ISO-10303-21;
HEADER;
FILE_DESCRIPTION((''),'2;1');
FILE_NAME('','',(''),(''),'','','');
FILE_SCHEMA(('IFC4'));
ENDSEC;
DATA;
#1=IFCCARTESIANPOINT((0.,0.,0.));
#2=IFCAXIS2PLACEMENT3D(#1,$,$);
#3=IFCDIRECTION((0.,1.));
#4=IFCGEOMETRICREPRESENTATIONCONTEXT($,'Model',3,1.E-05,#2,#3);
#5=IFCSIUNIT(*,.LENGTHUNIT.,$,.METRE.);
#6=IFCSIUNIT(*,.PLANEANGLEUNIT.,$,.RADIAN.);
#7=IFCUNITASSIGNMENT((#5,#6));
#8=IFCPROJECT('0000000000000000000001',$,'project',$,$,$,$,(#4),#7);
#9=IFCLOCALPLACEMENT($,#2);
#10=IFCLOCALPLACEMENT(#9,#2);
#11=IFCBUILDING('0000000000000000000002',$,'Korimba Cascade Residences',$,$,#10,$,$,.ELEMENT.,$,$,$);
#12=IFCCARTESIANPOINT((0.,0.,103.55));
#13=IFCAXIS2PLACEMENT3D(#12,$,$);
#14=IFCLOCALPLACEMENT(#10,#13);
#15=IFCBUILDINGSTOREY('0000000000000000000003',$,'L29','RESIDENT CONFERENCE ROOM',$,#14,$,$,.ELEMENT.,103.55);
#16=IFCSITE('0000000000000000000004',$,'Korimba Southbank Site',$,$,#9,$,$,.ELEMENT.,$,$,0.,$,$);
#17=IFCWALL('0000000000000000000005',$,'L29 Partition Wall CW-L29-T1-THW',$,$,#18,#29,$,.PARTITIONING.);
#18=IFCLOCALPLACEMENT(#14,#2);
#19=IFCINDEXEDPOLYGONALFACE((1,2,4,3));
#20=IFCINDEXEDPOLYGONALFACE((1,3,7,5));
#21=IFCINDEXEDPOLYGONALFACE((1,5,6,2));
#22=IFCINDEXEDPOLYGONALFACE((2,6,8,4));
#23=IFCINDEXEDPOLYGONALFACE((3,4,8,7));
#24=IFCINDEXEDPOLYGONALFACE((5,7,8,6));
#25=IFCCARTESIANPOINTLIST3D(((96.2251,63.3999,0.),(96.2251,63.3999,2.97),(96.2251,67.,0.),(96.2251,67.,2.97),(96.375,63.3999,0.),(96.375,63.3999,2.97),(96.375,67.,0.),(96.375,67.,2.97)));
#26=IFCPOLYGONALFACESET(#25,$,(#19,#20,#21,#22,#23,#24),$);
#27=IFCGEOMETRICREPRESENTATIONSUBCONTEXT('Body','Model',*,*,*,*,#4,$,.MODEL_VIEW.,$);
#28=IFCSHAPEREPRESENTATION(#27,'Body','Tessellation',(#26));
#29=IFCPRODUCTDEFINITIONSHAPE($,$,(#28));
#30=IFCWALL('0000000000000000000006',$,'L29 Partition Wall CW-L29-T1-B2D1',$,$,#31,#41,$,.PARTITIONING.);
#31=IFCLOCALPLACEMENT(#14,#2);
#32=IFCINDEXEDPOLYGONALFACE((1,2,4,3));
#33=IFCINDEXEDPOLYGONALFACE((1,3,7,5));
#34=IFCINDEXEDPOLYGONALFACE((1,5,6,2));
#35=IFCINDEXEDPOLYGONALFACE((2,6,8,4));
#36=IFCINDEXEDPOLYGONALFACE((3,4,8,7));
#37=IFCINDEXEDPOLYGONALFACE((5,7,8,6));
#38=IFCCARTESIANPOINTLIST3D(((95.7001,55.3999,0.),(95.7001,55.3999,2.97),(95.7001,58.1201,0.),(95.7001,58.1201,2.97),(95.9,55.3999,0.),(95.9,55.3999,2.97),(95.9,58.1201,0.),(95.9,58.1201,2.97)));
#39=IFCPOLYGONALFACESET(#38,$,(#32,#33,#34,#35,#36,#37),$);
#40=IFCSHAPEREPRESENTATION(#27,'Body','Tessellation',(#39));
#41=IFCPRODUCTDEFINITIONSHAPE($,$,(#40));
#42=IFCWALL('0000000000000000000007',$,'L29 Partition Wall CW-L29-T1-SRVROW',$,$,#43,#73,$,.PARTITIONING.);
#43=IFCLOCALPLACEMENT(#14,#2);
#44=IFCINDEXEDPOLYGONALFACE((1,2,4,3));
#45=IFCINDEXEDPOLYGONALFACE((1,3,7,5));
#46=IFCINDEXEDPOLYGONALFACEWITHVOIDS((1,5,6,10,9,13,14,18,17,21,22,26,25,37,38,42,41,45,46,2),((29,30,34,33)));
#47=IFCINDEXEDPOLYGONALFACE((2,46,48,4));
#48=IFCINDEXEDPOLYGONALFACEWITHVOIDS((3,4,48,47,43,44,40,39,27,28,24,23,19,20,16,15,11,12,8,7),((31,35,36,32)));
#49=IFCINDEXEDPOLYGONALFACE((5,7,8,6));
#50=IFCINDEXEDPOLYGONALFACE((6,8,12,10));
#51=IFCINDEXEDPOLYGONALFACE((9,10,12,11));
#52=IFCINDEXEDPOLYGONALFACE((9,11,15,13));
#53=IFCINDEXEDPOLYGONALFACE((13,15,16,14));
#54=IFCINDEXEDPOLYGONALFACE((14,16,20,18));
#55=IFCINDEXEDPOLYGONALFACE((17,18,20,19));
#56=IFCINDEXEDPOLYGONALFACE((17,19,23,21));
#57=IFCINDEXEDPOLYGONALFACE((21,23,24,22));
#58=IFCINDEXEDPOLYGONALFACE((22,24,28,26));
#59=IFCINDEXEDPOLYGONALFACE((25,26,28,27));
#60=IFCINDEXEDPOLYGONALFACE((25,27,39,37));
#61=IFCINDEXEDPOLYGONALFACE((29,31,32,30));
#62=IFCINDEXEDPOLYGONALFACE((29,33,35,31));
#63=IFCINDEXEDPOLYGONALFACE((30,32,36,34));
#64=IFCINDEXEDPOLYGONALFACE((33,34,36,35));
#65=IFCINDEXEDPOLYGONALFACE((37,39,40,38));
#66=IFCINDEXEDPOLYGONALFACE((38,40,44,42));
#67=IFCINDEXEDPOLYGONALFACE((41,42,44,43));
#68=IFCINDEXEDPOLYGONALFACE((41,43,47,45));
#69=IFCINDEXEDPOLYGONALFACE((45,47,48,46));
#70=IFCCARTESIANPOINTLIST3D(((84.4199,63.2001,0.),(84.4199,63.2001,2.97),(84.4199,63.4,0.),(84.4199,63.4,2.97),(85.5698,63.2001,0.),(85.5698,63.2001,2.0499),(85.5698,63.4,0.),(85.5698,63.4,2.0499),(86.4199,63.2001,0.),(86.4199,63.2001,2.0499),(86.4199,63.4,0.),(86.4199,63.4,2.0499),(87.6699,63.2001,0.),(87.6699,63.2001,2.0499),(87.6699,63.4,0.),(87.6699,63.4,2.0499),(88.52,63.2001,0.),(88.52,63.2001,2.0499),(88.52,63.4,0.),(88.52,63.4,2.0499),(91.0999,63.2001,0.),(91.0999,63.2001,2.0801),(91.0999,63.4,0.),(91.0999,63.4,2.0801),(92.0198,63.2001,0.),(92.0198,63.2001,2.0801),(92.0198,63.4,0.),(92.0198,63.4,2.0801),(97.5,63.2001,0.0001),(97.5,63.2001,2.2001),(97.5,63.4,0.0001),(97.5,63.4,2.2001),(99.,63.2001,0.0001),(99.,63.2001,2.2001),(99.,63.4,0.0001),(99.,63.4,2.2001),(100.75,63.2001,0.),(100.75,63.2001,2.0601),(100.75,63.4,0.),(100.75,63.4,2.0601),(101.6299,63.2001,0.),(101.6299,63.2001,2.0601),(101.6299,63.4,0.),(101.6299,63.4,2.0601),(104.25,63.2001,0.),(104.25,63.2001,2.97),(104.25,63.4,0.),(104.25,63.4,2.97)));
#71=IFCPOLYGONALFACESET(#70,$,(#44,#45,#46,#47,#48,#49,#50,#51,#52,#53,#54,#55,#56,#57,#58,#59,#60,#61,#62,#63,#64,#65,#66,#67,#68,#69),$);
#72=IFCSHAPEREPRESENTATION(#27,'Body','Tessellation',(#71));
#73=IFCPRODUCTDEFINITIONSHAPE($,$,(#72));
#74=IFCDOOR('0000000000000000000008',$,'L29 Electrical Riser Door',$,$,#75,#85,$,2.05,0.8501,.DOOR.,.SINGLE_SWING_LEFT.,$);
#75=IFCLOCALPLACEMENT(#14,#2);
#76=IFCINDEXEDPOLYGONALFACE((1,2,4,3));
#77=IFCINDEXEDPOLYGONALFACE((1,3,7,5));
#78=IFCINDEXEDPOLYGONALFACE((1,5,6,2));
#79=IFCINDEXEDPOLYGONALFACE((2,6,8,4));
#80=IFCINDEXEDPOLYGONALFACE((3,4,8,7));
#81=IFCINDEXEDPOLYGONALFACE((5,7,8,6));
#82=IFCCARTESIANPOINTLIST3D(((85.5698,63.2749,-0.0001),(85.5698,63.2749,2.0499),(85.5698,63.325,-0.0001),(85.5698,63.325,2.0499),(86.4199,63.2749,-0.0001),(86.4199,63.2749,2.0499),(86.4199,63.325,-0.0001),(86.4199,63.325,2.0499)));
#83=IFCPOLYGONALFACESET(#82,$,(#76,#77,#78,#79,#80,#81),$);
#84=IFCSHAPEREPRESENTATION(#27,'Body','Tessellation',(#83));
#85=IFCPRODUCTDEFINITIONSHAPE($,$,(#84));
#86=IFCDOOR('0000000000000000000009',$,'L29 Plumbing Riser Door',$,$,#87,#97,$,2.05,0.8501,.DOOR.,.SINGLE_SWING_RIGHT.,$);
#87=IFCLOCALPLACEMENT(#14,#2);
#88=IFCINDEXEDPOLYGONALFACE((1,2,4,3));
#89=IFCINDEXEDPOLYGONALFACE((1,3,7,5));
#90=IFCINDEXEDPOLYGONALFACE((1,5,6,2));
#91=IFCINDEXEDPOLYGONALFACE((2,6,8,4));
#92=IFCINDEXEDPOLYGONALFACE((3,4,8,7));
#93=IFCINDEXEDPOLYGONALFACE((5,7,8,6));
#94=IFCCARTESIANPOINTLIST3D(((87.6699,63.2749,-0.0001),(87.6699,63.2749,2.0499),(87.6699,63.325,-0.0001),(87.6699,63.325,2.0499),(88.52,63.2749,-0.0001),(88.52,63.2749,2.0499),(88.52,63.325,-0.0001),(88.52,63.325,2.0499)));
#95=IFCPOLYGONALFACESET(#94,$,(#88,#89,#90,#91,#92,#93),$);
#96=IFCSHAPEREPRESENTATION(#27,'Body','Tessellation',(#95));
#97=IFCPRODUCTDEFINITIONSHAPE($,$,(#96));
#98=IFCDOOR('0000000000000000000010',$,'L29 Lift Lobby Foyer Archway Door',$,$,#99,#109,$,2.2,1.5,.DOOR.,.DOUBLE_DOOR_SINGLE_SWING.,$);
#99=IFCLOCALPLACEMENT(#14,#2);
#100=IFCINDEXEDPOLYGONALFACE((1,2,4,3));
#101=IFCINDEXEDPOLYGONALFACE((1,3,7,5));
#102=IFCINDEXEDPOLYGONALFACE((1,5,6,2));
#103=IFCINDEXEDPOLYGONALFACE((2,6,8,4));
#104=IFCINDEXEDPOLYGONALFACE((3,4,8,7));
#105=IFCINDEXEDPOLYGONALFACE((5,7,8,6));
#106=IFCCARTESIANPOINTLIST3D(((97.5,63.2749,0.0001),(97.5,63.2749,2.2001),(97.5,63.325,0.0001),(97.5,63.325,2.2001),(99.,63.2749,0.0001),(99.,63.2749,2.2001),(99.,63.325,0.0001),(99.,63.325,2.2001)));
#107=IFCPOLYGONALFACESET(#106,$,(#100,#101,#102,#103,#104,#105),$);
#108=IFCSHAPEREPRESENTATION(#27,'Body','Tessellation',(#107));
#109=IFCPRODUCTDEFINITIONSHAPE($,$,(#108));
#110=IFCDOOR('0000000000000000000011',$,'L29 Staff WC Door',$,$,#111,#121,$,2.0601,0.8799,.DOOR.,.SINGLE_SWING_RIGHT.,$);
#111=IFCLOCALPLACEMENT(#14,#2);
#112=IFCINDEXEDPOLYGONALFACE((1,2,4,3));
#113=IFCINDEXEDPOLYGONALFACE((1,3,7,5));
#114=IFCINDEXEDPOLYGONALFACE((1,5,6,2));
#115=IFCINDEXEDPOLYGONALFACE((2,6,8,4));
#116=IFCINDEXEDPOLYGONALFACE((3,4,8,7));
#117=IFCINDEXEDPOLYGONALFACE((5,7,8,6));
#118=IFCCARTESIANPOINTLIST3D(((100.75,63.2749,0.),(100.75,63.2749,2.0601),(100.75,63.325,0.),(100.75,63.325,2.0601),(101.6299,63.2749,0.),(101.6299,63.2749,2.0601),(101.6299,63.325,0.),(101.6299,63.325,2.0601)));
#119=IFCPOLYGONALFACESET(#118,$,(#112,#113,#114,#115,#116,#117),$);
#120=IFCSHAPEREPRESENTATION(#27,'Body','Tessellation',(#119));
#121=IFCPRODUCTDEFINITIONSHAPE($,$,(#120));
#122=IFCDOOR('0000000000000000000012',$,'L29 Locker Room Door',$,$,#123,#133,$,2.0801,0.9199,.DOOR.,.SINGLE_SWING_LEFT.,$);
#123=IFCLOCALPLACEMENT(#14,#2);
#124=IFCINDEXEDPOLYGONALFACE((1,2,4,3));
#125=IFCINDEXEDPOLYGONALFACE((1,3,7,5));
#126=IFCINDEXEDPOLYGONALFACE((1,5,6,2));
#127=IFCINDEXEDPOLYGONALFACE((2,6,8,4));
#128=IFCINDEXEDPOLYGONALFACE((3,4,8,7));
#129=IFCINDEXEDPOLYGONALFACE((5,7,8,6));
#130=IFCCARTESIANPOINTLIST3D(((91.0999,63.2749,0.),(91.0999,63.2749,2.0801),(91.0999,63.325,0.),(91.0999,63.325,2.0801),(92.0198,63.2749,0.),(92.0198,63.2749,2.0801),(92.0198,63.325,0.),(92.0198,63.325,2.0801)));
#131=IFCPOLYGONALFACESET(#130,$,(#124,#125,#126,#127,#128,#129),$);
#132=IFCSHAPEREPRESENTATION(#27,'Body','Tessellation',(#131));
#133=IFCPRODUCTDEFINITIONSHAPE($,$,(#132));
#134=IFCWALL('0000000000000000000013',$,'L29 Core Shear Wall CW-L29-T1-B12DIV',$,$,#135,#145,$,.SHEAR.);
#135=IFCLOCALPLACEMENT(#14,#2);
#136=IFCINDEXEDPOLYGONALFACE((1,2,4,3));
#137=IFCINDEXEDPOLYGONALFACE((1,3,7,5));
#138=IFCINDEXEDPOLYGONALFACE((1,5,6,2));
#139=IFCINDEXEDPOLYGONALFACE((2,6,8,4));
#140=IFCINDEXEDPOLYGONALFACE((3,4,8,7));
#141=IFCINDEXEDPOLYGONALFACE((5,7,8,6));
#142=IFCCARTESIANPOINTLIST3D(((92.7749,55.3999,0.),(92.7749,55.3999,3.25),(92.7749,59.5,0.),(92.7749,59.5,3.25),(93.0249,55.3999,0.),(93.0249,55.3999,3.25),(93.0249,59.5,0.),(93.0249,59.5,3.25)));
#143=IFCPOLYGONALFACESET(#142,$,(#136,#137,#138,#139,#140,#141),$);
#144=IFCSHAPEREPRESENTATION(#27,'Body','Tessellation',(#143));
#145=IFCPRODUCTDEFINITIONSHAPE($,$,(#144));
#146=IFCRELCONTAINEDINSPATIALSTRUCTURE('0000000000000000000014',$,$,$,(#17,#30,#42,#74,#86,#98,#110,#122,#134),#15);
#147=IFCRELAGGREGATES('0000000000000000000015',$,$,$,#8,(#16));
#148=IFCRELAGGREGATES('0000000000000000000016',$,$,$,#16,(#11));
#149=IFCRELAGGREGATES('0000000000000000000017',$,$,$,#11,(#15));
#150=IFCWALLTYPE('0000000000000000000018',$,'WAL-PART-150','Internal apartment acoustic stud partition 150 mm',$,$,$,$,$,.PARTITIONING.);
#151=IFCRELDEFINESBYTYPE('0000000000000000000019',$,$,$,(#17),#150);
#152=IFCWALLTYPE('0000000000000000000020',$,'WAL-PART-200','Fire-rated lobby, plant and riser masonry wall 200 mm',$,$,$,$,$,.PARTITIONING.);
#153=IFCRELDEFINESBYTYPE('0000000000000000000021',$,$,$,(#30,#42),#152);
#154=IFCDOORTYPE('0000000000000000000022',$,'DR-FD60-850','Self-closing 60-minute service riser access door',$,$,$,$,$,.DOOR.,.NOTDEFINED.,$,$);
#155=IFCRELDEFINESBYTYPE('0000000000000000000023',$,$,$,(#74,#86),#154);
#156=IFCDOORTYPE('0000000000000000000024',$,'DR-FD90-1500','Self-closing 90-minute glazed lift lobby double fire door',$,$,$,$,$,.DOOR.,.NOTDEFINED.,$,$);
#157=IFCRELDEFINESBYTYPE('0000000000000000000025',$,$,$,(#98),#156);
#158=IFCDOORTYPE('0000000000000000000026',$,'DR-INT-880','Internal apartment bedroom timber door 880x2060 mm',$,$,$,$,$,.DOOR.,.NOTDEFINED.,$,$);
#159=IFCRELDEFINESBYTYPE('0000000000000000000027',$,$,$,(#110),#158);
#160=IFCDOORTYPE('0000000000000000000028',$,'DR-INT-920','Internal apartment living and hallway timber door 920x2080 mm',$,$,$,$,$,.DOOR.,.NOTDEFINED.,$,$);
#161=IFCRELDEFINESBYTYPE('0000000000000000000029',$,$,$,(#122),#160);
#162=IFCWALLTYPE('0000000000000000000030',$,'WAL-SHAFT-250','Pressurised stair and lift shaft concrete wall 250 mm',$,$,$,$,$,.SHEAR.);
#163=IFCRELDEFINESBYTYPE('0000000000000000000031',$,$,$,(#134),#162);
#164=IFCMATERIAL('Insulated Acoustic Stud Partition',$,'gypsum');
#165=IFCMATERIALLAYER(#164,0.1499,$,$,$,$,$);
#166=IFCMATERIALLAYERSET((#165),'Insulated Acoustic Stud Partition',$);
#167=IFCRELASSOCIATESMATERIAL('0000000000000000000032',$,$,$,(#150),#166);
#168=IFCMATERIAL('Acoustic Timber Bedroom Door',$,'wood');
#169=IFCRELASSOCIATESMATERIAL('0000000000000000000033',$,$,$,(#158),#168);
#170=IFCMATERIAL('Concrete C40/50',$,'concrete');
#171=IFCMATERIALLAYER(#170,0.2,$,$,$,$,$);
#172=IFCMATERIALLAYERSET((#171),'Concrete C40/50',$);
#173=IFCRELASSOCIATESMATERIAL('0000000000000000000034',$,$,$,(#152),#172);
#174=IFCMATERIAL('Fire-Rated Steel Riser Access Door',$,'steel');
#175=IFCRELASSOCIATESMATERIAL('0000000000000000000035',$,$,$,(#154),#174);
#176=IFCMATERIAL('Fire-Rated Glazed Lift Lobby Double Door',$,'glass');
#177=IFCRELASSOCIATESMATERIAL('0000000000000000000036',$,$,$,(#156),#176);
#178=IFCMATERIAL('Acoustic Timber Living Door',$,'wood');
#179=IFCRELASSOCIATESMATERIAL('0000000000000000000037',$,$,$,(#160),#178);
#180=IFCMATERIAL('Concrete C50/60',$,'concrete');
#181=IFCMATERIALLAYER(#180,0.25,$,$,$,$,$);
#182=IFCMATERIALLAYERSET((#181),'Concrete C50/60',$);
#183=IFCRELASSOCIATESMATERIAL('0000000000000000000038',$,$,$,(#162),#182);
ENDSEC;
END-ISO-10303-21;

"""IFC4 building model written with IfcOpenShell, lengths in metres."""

from ifc_helpers import new_model, si_unit, direction, frame, frame_2d, origin, place, context, subcontext, project, spatial, rectangle, extrude, material, layer, layer_set, type_object, element, fill, save


model = new_model("IFC4")

# Units and contexts
model_context = context("Model", 3, precision=1e-05, world=origin(), true_north=direction((0.0, 1.0)))
body_context = subcontext(model_context, "Body", "Model", "MODEL_VIEW")
ifc_project = project(units=[si_unit("LENGTHUNIT", "METRE"), si_unit("PLANEANGLEUNIT", "RADIAN")], contexts=[model_context])

# Site, building, storey
site_placement = place(None, origin())
site = spatial("IfcSite", under=ifc_project, at=site_placement, Name="Korimba Southbank Site", CompositionType="ELEMENT", RefElevation=0.0)
building_placement = place(site_placement, origin())
building = spatial("IfcBuilding", under=site, at=building_placement, Name="Korimba Cascade Residences", CompositionType="ELEMENT")
storey_placement = place(building_placement, frame((0.0, 0.0, 103.55)))
storey = spatial("IfcBuildingStorey", under=building, at=storey_placement, Name="L29", Description="RESIDENT CONFERENCE ROOM", CompositionType="ELEMENT", Elevation=103.55)

# Shared definitions
ifc_material_1 = material(Name="Insulated Acoustic Stud Partition", Category="gypsum")
ifc_layer_1 = layer(ifc_material_1, 0.1499)
ifc_layer_set_1 = layer_set([ifc_layer_1], Name="Insulated Acoustic Stud Partition")
wall_type_1 = type_object("IfcWallType", Name="WAL-PART-150", Description="Internal apartment acoustic stud partition 150 mm", PredefinedType="PARTITIONING", material=ifc_layer_set_1)

# Shared definitions
ifc_material_2 = material(Name="Acoustic Timber Bedroom Door", Category="wood")
door_type_1 = type_object("IfcDoorType", Name="DR-INT-880", Description="Internal apartment bedroom timber door 880x2060 mm", OperationType="NOTDEFINED", PredefinedType="DOOR", material=ifc_material_2)

# Walls
wall_1_placement = place(storey_placement, frame((96.3, 63.3999, 0.0), z_axis=(0.0, 0.0, 1.0), x_axis=(0.0, 1.0, 0.0)))
element("IfcWall", 1, at=wall_1_placement, inside=storey, type_object=wall_type_1, Name="L29 Partition Wall CW-L29-T1-THW", PredefinedType="PARTITIONING", context=body_context, shape_type="SweptSolid", body=[
    extrude(rectangle(XDim=3.6001, YDim=0.1499, at=frame_2d((1.8, 0.0))), origin(), (0.0, 0.0, 1.0), 2.97),
])
ifc_material_3 = material(Name="Concrete C40/50", Category="concrete")
ifc_layer_2 = layer(ifc_material_3, 0.2)
ifc_layer_set_2 = layer_set([ifc_layer_2], Name="Concrete C40/50")
wall_type_2 = type_object("IfcWallType", Name="WAL-PART-200", Description="Fire-rated lobby, plant and riser masonry wall 200 mm", PredefinedType="PARTITIONING", material=ifc_layer_set_2)
wall_2_placement = place(storey_placement, frame((95.8, 55.3999, 0.0), z_axis=(0.0, 0.0, 1.0), x_axis=(0.0, 1.0, 0.0)))
element("IfcWall", 2, at=wall_2_placement, inside=storey, type_object=wall_type_2, Name="L29 Partition Wall CW-L29-T1-B2D1", PredefinedType="PARTITIONING", context=body_context, shape_type="SweptSolid", body=[
    extrude(rectangle(XDim=2.7202, YDim=0.2, at=frame_2d((1.3601, 0.0))), origin(), (0.0, 0.0, 1.0), 2.97),
])

# Wall, openings, doors
wall_3_placement = place(storey_placement, frame((84.4199, 63.3, 0.0), z_axis=(0.0, 0.0, 1.0), x_axis=(1.0, 0.0, 0.0)))
wall_3 = element("IfcWall", 3, at=wall_3_placement, inside=storey, type_object=wall_type_2, Name="L29 Partition Wall CW-L29-T1-SRVROW", PredefinedType="PARTITIONING", context=body_context, shape_type="SweptSolid", body=[
    extrude(rectangle(XDim=19.8301, YDim=0.2, at=frame_2d((9.915, 0.0))), origin(), (0.0, 0.0, 1.0), 2.97),
])
opening_1_placement = place(wall_3_placement, frame((1.1499, 0.0, 0.0)))
opening_1 = element("IfcOpeningElement", 4, at=opening_1_placement, cuts=wall_3, PredefinedType="OPENING", context=body_context, shape_type="SweptSolid", body=[
    extrude(rectangle(XDim=0.8501, YDim=2.05, at=frame_2d((0.425, 1.0249))), frame((0.0, 0.1099, 0.0), z_axis=(0.0, -1.0, 0.0), x_axis=(1.0, 0.0, 0.0)), (0.0, 0.0, 1.0), 0.22),
])
opening_2_placement = place(wall_3_placement, frame((3.25, 0.0, 0.0)))
opening_2 = element("IfcOpeningElement", 5, at=opening_2_placement, cuts=wall_3, PredefinedType="OPENING", context=body_context, shape_type="SweptSolid", body=[
    extrude(rectangle(XDim=0.8501, YDim=2.05, at=frame_2d((0.425, 1.0249))), frame((0.0, 0.1099, 0.0), z_axis=(0.0, -1.0, 0.0), x_axis=(1.0, 0.0, 0.0)), (0.0, 0.0, 1.0), 0.22),
])
opening_3_placement = place(wall_3_placement, frame((13.0801, 0.0, 0.0)))
opening_3 = element("IfcOpeningElement", 6, at=opening_3_placement, cuts=wall_3, PredefinedType="OPENING", context=body_context, shape_type="SweptSolid", body=[
    extrude(rectangle(XDim=1.5, YDim=2.2, at=frame_2d((0.75, 1.1001))), frame((0.0, 0.1099, 0.0), z_axis=(0.0, -1.0, 0.0), x_axis=(1.0, 0.0, 0.0)), (0.0, 0.0, 1.0), 0.22),
])
opening_4_placement = place(wall_3_placement, frame((6.6799, 0.0, 0.0)))
opening_4 = element("IfcOpeningElement", 7, at=opening_4_placement, cuts=wall_3, PredefinedType="OPENING", context=body_context, shape_type="SweptSolid", body=[
    extrude(rectangle(XDim=0.9199, YDim=2.0801, at=frame_2d((0.46, 1.04))), frame((0.0, 0.1099, 0.0), z_axis=(0.0, -1.0, 0.0), x_axis=(1.0, 0.0, 0.0)), (0.0, 0.0, 1.0), 0.22),
])
opening_5_placement = place(wall_3_placement, frame((16.3301, 0.0, 0.0)))
opening_5 = element("IfcOpeningElement", 8, at=opening_5_placement, cuts=wall_3, PredefinedType="OPENING", context=body_context, shape_type="SweptSolid", body=[
    extrude(rectangle(XDim=0.8799, YDim=2.0601, at=frame_2d((0.4399, 1.03))), frame((0.0, 0.1099, 0.0), z_axis=(0.0, -1.0, 0.0), x_axis=(1.0, 0.0, 0.0)), (0.0, 0.0, 1.0), 0.22),
])
ifc_material_4 = material(Name="Fire-Rated Steel Riser Access Door", Category="steel")
door_type_2 = type_object("IfcDoorType", Name="DR-FD60-850", Description="Self-closing 60-minute service riser access door", OperationType="NOTDEFINED", PredefinedType="DOOR", material=ifc_material_4)
door_1_placement = place(opening_1_placement, origin())
door_1 = element("IfcDoor", 9, at=door_1_placement, inside=storey, type_object=door_type_2, Name="L29 Electrical Riser Door", OperationType="SINGLE_SWING_LEFT", OverallHeight=2.05, OverallWidth=0.8501, PredefinedType="DOOR", context=body_context, shape_type="SweptSolid", body=[
    extrude(rectangle(XDim=0.8501, YDim=2.05, at=frame_2d((0.425, 1.0249))), frame((0.0, 0.0249, 0.0), z_axis=(0.0, -1.0, 0.0), x_axis=(1.0, 0.0, 0.0)), (0.0, 0.0, 1.0), 0.05),
])
fill(opening_1, door_1)
door_2_placement = place(opening_2_placement, origin())
door_2 = element("IfcDoor", 10, at=door_2_placement, inside=storey, type_object=door_type_2, Name="L29 Plumbing Riser Door", OperationType="SINGLE_SWING_RIGHT", OverallHeight=2.05, OverallWidth=0.8501, PredefinedType="DOOR", context=body_context, shape_type="SweptSolid", body=[
    extrude(rectangle(XDim=0.8501, YDim=2.05, at=frame_2d((0.425, 1.0249))), frame((0.0, 0.0249, 0.0), z_axis=(0.0, -1.0, 0.0), x_axis=(1.0, 0.0, 0.0)), (0.0, 0.0, 1.0), 0.05),
])
fill(opening_2, door_2)
ifc_material_5 = material(Name="Fire-Rated Glazed Lift Lobby Double Door", Category="glass")
door_type_3 = type_object("IfcDoorType", Name="DR-FD90-1500", Description="Self-closing 90-minute glazed lift lobby double fire door", OperationType="NOTDEFINED", PredefinedType="DOOR", material=ifc_material_5)
door_3_placement = place(opening_3_placement, origin())
door_3 = element("IfcDoor", 11, at=door_3_placement, inside=storey, type_object=door_type_3, Name="L29 Lift Lobby Foyer Archway Door", OperationType="DOUBLE_DOOR_SINGLE_SWING", OverallHeight=2.2, OverallWidth=1.5, PredefinedType="DOOR", context=body_context, shape_type="SweptSolid", body=[
    extrude(rectangle(XDim=1.5, YDim=2.2, at=frame_2d((0.75, 1.1001))), frame((0.0, 0.0249, 0.0), z_axis=(0.0, -1.0, 0.0), x_axis=(1.0, 0.0, 0.0)), (0.0, 0.0, 1.0), 0.05),
])
fill(opening_3, door_3)
door_4_placement = place(opening_5_placement, origin())
door_4 = element("IfcDoor", 12, at=door_4_placement, inside=storey, type_object=door_type_1, Name="L29 Staff WC Door", OperationType="SINGLE_SWING_RIGHT", OverallHeight=2.0601, OverallWidth=0.8799, PredefinedType="DOOR", context=body_context, shape_type="SweptSolid", body=[
    extrude(rectangle(XDim=0.8799, YDim=2.0601, at=frame_2d((0.4399, 1.03))), frame((0.0, 0.0249, 0.0), z_axis=(0.0, -1.0, 0.0), x_axis=(1.0, 0.0, 0.0)), (0.0, 0.0, 1.0), 0.05),
])
fill(opening_5, door_4)
ifc_material_6 = material(Name="Acoustic Timber Living Door", Category="wood")
door_type_4 = type_object("IfcDoorType", Name="DR-INT-920", Description="Internal apartment living and hallway timber door 920x2080 mm", OperationType="NOTDEFINED", PredefinedType="DOOR", material=ifc_material_6)
door_5_placement = place(opening_4_placement, origin())
door_5 = element("IfcDoor", 13, at=door_5_placement, inside=storey, type_object=door_type_4, Name="L29 Locker Room Door", OperationType="SINGLE_SWING_LEFT", OverallHeight=2.0801, OverallWidth=0.9199, PredefinedType="DOOR", context=body_context, shape_type="SweptSolid", body=[
    extrude(rectangle(XDim=0.9199, YDim=2.0801, at=frame_2d((0.46, 1.04))), frame((0.0, 0.0249, 0.0), z_axis=(0.0, -1.0, 0.0), x_axis=(1.0, 0.0, 0.0)), (0.0, 0.0, 1.0), 0.05),
])
fill(opening_4, door_5)

# Wall
ifc_material_7 = material(Name="Concrete C50/60", Category="concrete")
ifc_layer_3 = layer(ifc_material_7, 0.25)
ifc_layer_set_3 = layer_set([ifc_layer_3], Name="Concrete C50/60")
wall_type_3 = type_object("IfcWallType", Name="WAL-SHAFT-250", Description="Pressurised stair and lift shaft concrete wall 250 mm", PredefinedType="SHEAR", material=ifc_layer_set_3)
wall_4_placement = place(storey_placement, frame((92.8999, 55.3999, 0.0), z_axis=(0.0, 0.0, 1.0), x_axis=(0.0, 1.0, 0.0)))
element("IfcWall", 14, at=wall_4_placement, inside=storey, type_object=wall_type_3, Name="L29 Core Shear Wall CW-L29-T1-B12DIV", PredefinedType="SHEAR", context=body_context, shape_type="SweptSolid", body=[
    extrude(rectangle(XDim=4.1001, YDim=0.25, at=frame_2d((2.05, 0.0))), origin(), (0.0, 0.0, 1.0), 3.25),
])

save(model, "model.ifc")
